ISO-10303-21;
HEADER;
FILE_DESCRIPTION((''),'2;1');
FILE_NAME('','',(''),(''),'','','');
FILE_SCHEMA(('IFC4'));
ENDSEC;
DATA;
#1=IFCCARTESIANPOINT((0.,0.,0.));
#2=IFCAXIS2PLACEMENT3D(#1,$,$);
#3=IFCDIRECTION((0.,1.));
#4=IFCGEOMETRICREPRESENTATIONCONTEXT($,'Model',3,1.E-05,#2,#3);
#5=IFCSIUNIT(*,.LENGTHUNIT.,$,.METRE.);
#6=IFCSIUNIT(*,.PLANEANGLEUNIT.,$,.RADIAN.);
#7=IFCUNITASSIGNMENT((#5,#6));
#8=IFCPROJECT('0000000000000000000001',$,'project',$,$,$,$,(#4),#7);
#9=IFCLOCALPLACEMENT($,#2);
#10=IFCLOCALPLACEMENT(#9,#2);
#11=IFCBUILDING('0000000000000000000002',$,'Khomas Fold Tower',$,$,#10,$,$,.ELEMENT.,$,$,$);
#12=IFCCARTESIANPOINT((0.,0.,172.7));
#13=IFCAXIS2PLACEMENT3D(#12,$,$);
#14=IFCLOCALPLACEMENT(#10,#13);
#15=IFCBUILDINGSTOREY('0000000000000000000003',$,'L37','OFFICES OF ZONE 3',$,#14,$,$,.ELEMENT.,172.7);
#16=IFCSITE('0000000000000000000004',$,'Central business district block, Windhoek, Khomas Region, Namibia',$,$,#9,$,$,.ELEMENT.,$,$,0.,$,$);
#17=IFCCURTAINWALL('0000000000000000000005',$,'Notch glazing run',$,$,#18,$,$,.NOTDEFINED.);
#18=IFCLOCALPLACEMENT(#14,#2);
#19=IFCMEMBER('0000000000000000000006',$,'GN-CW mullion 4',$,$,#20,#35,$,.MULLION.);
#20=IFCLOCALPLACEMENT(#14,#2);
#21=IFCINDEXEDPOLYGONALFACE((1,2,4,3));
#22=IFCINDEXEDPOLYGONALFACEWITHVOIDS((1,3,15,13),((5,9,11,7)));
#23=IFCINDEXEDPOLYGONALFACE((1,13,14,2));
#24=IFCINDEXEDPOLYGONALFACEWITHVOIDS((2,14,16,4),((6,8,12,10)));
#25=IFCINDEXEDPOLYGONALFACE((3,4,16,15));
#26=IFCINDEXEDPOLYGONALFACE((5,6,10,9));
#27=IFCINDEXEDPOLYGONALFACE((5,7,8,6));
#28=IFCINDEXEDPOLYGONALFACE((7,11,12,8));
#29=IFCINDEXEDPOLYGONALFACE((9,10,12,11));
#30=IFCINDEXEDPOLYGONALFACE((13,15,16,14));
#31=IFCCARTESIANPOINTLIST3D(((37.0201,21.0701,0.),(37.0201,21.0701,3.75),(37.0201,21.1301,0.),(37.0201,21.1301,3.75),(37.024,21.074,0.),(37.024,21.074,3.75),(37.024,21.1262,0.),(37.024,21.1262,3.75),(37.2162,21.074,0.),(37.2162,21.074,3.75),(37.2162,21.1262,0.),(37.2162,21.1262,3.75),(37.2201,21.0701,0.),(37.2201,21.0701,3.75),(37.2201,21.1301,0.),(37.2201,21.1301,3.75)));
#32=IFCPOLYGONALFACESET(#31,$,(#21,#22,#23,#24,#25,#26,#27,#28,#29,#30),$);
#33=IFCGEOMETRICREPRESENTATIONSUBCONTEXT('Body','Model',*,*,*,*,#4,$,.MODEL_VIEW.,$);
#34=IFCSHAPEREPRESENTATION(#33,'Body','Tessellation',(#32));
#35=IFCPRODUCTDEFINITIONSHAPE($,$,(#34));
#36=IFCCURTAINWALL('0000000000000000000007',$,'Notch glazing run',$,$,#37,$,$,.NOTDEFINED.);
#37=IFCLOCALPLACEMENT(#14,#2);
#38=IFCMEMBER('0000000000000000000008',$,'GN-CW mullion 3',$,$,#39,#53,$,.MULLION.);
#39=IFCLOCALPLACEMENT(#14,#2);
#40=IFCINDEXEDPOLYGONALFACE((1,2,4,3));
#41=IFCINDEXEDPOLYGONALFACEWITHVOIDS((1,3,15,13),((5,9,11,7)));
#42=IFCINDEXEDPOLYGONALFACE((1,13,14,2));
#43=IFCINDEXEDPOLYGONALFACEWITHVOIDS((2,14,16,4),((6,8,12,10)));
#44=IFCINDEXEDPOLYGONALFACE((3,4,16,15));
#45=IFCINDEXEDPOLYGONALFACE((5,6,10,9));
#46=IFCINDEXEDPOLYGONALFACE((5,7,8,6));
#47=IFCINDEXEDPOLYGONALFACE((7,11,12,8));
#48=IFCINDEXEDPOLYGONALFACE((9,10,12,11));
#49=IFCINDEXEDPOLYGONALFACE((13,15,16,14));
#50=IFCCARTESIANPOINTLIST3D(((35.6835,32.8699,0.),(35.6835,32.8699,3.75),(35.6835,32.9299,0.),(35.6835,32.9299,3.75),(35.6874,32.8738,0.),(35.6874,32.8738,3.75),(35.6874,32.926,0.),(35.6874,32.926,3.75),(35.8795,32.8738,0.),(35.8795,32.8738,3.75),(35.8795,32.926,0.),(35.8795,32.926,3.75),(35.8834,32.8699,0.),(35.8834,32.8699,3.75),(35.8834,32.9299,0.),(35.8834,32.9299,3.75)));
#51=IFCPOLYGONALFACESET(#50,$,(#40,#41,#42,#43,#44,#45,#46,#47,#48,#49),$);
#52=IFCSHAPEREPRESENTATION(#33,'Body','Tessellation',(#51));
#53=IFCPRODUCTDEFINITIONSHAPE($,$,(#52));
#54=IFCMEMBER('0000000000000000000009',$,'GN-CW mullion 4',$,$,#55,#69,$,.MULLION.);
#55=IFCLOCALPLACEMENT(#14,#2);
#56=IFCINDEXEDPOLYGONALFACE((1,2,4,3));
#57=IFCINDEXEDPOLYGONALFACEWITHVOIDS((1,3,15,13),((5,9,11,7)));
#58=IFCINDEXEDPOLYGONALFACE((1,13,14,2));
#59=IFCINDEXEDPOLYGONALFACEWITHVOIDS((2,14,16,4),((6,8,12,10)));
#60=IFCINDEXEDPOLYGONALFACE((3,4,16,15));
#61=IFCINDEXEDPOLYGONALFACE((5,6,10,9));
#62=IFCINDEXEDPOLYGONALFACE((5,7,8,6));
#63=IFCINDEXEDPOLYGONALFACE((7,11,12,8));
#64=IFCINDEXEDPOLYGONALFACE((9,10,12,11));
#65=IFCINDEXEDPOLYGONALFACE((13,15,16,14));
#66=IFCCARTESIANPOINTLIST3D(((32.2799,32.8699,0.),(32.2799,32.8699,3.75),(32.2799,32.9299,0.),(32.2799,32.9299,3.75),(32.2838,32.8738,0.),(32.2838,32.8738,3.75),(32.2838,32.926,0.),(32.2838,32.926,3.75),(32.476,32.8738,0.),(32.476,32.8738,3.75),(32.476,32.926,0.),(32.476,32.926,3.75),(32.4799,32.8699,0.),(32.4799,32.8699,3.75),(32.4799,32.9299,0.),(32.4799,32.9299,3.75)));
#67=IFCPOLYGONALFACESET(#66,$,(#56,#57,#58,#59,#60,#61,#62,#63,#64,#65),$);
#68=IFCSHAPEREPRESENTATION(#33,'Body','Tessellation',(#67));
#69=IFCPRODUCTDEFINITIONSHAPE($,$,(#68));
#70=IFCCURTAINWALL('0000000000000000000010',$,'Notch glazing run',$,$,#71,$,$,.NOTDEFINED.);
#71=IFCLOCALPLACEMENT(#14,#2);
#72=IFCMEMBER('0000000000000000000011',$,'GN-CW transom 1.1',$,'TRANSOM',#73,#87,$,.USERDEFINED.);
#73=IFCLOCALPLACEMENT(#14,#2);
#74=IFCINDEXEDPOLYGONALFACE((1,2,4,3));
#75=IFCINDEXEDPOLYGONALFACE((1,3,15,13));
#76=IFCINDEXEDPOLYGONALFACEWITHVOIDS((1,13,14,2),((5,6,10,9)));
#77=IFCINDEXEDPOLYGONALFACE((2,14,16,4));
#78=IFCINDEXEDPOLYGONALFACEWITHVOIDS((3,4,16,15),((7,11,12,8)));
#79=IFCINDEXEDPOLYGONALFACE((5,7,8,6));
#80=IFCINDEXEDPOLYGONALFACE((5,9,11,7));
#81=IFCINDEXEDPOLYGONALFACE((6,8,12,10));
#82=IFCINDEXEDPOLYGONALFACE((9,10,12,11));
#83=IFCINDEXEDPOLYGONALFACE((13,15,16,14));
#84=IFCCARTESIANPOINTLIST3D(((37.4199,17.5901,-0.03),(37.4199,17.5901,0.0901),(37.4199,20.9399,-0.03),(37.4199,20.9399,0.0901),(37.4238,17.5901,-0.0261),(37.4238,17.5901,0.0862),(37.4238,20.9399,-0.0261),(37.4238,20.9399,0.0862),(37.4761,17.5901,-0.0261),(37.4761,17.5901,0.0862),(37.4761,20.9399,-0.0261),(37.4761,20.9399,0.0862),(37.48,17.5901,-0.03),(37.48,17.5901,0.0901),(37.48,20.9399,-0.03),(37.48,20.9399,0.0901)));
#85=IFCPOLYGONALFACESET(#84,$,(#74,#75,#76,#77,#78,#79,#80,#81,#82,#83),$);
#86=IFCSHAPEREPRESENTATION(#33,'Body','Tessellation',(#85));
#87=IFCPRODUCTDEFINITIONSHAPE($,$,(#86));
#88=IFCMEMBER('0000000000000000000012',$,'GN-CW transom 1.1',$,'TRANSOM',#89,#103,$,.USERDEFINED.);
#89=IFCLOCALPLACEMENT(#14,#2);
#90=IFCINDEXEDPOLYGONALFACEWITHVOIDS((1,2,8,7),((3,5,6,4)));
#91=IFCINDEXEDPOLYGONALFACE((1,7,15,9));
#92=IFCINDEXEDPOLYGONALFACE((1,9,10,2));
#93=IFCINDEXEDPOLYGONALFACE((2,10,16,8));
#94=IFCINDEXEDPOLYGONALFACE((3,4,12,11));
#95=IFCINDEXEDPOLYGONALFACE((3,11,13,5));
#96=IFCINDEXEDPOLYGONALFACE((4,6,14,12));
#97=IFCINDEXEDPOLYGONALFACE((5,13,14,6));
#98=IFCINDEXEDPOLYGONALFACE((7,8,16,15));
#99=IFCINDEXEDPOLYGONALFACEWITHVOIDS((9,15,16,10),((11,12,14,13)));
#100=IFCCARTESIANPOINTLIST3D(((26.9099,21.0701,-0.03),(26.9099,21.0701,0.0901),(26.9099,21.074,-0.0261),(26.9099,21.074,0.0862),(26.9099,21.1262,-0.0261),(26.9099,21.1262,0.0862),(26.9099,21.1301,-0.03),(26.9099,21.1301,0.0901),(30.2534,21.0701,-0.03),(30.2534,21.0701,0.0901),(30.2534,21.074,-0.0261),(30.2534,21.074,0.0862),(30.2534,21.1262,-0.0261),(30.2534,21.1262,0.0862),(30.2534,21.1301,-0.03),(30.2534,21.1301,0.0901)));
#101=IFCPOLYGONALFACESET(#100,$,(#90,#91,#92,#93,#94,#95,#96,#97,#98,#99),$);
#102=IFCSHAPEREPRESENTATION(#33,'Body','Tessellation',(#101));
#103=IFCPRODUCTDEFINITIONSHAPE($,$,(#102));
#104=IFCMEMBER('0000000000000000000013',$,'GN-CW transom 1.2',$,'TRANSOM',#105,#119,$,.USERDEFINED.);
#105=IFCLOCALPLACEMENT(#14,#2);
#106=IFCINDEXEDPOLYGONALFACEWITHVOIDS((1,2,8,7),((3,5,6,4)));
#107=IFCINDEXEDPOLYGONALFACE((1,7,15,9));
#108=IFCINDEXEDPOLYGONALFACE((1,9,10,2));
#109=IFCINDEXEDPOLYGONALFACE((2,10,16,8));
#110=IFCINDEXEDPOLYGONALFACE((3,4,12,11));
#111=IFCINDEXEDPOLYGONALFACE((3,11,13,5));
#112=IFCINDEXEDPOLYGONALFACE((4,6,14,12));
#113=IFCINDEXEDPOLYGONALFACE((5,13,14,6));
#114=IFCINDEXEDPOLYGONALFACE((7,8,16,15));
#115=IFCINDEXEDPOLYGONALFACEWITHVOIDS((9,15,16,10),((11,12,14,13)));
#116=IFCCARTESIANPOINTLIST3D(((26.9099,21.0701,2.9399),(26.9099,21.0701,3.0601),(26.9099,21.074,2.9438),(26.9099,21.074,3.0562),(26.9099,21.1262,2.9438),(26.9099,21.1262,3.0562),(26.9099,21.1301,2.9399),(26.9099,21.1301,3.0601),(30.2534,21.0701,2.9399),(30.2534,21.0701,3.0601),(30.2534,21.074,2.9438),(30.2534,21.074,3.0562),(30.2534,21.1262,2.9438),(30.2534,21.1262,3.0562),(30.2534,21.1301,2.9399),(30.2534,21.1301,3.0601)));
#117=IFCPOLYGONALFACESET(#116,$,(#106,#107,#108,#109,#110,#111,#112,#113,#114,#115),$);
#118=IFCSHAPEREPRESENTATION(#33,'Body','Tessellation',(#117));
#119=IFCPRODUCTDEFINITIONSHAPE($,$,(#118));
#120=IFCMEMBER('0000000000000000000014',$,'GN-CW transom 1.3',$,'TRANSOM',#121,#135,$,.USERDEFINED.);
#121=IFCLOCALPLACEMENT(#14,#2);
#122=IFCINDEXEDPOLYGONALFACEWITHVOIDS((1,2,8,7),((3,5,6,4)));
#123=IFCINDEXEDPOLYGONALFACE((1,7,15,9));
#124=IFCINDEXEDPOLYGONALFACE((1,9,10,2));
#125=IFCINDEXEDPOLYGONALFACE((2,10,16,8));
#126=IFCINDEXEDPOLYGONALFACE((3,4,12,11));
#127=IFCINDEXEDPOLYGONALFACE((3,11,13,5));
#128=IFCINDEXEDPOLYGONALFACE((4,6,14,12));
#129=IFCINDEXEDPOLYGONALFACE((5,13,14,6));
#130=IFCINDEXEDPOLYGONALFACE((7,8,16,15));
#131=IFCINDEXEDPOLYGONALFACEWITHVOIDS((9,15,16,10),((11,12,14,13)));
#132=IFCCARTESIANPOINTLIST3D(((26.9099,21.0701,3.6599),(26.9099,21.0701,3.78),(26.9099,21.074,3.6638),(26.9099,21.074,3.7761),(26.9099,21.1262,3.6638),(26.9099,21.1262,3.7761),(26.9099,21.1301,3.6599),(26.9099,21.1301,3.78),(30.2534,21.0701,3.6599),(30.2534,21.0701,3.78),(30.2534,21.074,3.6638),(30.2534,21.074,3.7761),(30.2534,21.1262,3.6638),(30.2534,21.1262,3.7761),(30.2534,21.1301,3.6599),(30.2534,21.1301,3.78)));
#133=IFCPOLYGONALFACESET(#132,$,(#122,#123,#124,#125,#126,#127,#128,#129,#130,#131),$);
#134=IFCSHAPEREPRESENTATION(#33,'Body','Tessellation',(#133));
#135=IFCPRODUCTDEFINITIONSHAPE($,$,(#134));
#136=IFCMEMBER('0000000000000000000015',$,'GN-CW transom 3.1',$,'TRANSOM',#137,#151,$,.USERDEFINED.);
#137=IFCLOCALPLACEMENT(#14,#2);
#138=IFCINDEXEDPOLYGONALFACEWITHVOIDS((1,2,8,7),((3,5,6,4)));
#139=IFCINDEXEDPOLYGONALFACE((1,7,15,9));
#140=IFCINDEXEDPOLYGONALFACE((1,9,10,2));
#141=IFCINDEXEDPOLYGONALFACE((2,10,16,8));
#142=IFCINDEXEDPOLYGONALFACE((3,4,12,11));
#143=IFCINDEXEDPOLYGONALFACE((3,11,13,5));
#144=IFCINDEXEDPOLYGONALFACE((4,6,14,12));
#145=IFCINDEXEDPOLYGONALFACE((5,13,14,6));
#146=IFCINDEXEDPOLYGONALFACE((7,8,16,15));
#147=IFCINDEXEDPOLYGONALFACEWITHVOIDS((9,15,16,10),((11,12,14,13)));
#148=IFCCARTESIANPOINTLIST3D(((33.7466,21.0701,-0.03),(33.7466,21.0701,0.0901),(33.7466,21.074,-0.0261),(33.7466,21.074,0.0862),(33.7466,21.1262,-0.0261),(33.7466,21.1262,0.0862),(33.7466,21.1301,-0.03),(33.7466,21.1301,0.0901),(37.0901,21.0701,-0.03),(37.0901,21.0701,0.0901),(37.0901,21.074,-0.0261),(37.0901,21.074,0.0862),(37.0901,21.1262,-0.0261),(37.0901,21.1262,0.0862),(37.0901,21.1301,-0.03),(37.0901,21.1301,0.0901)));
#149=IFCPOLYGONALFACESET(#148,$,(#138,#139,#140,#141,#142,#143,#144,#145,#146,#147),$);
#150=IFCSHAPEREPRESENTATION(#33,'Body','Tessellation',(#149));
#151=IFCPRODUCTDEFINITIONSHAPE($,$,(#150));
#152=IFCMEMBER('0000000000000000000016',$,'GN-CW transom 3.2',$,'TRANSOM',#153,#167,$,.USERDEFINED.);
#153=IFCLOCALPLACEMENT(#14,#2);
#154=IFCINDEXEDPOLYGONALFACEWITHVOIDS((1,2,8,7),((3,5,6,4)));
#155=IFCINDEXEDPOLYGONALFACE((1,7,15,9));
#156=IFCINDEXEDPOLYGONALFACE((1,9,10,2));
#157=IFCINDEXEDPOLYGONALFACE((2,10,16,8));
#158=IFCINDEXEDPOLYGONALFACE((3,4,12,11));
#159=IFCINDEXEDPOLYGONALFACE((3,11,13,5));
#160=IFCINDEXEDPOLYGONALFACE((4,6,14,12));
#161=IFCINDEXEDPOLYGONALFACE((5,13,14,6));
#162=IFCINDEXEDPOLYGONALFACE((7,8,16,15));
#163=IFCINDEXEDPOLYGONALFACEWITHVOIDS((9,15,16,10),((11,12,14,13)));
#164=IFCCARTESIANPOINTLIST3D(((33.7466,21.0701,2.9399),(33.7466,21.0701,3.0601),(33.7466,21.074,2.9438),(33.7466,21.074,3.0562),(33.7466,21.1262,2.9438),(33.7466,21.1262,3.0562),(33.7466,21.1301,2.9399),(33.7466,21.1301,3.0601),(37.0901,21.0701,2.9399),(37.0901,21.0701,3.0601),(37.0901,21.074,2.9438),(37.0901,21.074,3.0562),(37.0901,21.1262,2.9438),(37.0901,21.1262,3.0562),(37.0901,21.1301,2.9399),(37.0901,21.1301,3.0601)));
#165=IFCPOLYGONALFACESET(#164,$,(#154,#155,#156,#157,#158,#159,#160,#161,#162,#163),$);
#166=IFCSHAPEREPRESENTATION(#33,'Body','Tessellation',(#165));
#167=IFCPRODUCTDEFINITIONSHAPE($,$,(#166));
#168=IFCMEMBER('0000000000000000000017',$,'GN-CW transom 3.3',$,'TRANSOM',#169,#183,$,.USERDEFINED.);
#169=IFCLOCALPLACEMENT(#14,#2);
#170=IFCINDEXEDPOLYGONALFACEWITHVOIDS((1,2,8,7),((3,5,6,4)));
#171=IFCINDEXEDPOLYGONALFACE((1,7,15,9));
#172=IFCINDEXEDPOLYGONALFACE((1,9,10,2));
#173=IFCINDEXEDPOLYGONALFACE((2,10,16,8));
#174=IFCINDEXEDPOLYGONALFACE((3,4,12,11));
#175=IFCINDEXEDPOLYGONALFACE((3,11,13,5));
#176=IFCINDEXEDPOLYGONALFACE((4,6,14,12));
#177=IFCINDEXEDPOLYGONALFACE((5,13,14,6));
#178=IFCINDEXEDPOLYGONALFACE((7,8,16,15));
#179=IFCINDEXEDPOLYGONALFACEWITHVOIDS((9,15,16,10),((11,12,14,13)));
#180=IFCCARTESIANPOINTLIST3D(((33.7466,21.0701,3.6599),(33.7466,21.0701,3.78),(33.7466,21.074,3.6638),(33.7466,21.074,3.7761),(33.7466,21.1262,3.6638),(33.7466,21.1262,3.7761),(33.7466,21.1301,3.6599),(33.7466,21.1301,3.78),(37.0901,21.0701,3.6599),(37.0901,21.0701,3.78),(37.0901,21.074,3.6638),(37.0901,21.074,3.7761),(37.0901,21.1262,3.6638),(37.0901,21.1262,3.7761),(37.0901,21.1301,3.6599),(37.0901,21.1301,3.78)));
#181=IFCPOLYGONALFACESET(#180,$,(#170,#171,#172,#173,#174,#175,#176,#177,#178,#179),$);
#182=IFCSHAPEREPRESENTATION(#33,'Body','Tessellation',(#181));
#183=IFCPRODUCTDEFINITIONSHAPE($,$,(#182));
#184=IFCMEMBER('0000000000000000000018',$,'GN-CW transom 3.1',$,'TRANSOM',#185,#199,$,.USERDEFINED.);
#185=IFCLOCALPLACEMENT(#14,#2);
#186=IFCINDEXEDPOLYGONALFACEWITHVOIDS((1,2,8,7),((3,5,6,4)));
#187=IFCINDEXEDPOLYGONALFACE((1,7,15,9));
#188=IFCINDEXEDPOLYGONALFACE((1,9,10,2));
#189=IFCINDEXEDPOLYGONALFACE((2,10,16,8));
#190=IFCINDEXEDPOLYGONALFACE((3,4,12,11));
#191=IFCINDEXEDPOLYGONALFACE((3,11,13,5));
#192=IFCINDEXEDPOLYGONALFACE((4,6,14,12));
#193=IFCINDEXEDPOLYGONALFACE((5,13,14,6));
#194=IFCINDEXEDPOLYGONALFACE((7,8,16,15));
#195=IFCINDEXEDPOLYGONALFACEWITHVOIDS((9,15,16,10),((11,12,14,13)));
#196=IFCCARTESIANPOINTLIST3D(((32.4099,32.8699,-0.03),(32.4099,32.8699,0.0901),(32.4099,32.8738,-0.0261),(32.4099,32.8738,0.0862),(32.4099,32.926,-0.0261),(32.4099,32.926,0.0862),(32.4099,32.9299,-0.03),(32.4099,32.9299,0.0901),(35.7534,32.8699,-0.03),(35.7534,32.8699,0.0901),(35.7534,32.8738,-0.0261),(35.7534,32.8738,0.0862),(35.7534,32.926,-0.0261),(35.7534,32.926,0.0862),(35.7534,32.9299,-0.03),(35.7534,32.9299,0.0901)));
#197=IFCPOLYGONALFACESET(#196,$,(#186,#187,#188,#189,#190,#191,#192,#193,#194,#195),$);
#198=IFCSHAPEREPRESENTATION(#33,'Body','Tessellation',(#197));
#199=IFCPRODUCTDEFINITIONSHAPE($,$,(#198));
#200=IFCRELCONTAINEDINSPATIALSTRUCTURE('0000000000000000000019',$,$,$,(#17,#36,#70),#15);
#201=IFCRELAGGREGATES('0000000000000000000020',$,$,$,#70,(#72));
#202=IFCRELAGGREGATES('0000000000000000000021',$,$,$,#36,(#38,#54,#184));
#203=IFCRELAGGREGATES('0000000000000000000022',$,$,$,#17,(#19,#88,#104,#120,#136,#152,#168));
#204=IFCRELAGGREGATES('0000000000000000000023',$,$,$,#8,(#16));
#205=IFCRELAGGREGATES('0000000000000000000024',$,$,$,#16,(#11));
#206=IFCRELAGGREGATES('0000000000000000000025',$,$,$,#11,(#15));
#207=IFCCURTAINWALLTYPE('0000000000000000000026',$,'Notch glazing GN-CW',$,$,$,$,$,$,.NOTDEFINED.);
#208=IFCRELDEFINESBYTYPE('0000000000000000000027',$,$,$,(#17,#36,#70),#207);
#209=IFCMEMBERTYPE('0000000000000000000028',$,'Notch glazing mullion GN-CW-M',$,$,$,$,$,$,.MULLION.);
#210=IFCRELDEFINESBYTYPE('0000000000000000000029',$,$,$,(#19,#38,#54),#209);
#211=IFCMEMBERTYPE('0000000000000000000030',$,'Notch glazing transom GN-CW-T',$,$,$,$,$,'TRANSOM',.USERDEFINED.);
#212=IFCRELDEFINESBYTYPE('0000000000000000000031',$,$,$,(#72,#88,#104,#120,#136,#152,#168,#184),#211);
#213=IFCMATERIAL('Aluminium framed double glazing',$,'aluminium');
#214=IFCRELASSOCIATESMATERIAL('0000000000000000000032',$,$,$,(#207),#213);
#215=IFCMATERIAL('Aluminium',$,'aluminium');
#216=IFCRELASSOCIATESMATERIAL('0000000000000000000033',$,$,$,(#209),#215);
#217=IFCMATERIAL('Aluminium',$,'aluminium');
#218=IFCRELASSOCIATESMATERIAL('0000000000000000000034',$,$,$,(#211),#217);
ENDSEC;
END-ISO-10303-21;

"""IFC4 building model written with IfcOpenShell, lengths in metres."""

from ifc_helpers import new_model, si_unit, direction, frame, origin, origin_2d, place, context, subcontext, project, spatial, hollow_rectangle, extrude, source, transform, mapped, material, material_profile, profile_set, type_object, element, aggregate, save


model = new_model("IFC4")

# Units and contexts
model_context = context("Model", 3, precision=1e-05, world=origin(), true_north=direction((0.0, 1.0)))
body_context = subcontext(model_context, "Body", "Model", "MODEL_VIEW")
ifc_project = project(units=[si_unit("LENGTHUNIT", "METRE"), si_unit("PLANEANGLEUNIT", "RADIAN")], contexts=[model_context])

# Site, building, storey
site_placement = place(None, origin())
site = spatial("IfcSite", under=ifc_project, at=site_placement, Name="Central business district block, Windhoek, Khomas Region, Namibia", CompositionType="ELEMENT", RefElevation=0.0)
building_placement = place(site_placement, origin())
building = spatial("IfcBuilding", under=site, at=building_placement, Name="Khomas Fold Tower", CompositionType="ELEMENT")
storey_placement = place(building_placement, frame((0.0, 0.0, 172.7)))
storey = spatial("IfcBuildingStorey", under=building, at=storey_placement, Name="L37", Description="OFFICES OF ZONE 3", CompositionType="ELEMENT", Elevation=172.7)

# Curtain walls, members
ifc_material_1 = material(Name="Aluminium framed double glazing", Category="aluminium")
curtain_wall_type = type_object("IfcCurtainWallType", Name="Notch glazing GN-CW", PredefinedType="NOTDEFINED", material=ifc_material_1)
curtain_wall_1_placement = place(storey_placement, origin())
curtain_wall_1 = element("IfcCurtainWall", 1, at=curtain_wall_1_placement, inside=storey, type_object=curtain_wall_type, Name="Notch glazing run", PredefinedType="NOTDEFINED")
ifc_material_2 = material(Name="Aluminium", Category="aluminium")
ifc_material_profile_1 = material_profile(ifc_material_2, hollow_rectangle(XDim=0.0601, YDim=0.2, WallThickness=0.0039, at=origin_2d()), Name="Notch glazing mullion GN-CW-M")
ifc_profile_set_1 = profile_set([ifc_material_profile_1], Name="Aluminium")
member_type_1 = type_object("IfcMemberType", Name="Notch glazing mullion GN-CW-M", PredefinedType="MULLION", material=ifc_profile_set_1)
shared_shape_1 = source(origin(), body_context, "Body", "SweptSolid", [
    extrude(hollow_rectangle(XDim=0.0601, YDim=0.2, WallThickness=0.0039, at=origin_2d()), origin(), (0.0, 0.0, 1.0), 3.75),
])
member_1_placement = place(storey_placement, frame((37.1201, 21.1001, 0.0), z_axis=(0.0, 0.0, 1.0), x_axis=(0.0, 1.0, 0.0)))
member_1 = element("IfcMember", 2, at=member_1_placement, type_object=member_type_1, Name="GN-CW mullion 4", PredefinedType="MULLION", context=body_context, shape_type="MappedRepresentation", body=[
    mapped(shared_shape_1, transform((0.0, 0.0, 0.0))),
])
curtain_wall_2_placement = place(storey_placement, origin())
curtain_wall_2 = element("IfcCurtainWall", 3, at=curtain_wall_2_placement, inside=storey, type_object=curtain_wall_type, Name="Notch glazing run", PredefinedType="NOTDEFINED")
member_2_placement = place(storey_placement, frame((35.7834, 32.8999, 0.0), z_axis=(0.0, 0.0, 1.0), x_axis=(0.0, -1.0, 0.0)))
member_2 = element("IfcMember", 4, at=member_2_placement, type_object=member_type_1, Name="GN-CW mullion 3", PredefinedType="MULLION", context=body_context, shape_type="MappedRepresentation", body=[
    mapped(shared_shape_1, transform((0.0, 0.0, 0.0))),
])
member_3_placement = place(storey_placement, frame((32.3799, 32.8999, 0.0), z_axis=(0.0, 0.0, 1.0), x_axis=(0.0, -1.0, 0.0)))
member_3 = element("IfcMember", 5, at=member_3_placement, type_object=member_type_1, Name="GN-CW mullion 4", PredefinedType="MULLION", context=body_context, shape_type="MappedRepresentation", body=[
    mapped(shared_shape_1, transform((0.0, 0.0, 0.0))),
])

# Curtain wall, member
curtain_wall_3_placement = place(storey_placement, origin())
curtain_wall_3 = element("IfcCurtainWall", 6, at=curtain_wall_3_placement, inside=storey, type_object=curtain_wall_type, Name="Notch glazing run", PredefinedType="NOTDEFINED")
ifc_material_3 = material(Name="Aluminium", Category="aluminium")
ifc_material_profile_2 = material_profile(ifc_material_3, hollow_rectangle(XDim=0.0601, YDim=0.1201, WallThickness=0.0039, at=origin_2d()), Name="Notch glazing transom GN-CW-T")
ifc_profile_set_2 = profile_set([ifc_material_profile_2], Name="Aluminium")
member_type_2 = type_object("IfcMemberType", Name="Notch glazing transom GN-CW-T", ElementType="TRANSOM", PredefinedType="USERDEFINED", material=ifc_profile_set_2)
shared_shape_2 = source(origin(), body_context, "Body", "SweptSolid", [
    extrude(hollow_rectangle(XDim=0.0601, YDim=0.1201, WallThickness=0.0039, at=origin_2d()), origin(), (0.0, 0.0, 1.0), 3.3499),
])
member_4_placement = place(storey_placement, frame((37.45, 20.9399, 0.03), z_axis=(0.0, -1.0, 0.0), x_axis=(1.0, 0.0, 0.0)))
member_4 = element("IfcMember", 7, at=member_4_placement, type_object=member_type_2, Name="GN-CW transom 1.1", ObjectType="TRANSOM", PredefinedType="USERDEFINED", context=body_context, shape_type="MappedRepresentation", body=[
    mapped(shared_shape_2, transform((0.0, 0.0, 0.0))),
])
aggregate(curtain_wall_3, [member_4])

# Members
shared_shape_3 = source(origin(), body_context, "Body", "SweptSolid", [
    extrude(hollow_rectangle(XDim=0.0601, YDim=0.1201, WallThickness=0.0039, at=origin_2d()), origin(), (0.0, 0.0, 1.0), 3.3435),
])
member_5_placement = place(storey_placement, frame((26.9099, 21.1001, 0.03), z_axis=(1.0, 0.0, 0.0), x_axis=(0.0, 1.0, 0.0)))
member_5 = element("IfcMember", 8, at=member_5_placement, type_object=member_type_2, Name="GN-CW transom 1.1", ObjectType="TRANSOM", PredefinedType="USERDEFINED", context=body_context, shape_type="MappedRepresentation", body=[
    mapped(shared_shape_3, transform((0.0, 0.0, 0.0))),
])
member_6_placement = place(storey_placement, frame((26.9099, 21.1001, 3.0), z_axis=(1.0, 0.0, 0.0), x_axis=(0.0, 1.0, 0.0)))
member_6 = element("IfcMember", 9, at=member_6_placement, type_object=member_type_2, Name="GN-CW transom 1.2", ObjectType="TRANSOM", PredefinedType="USERDEFINED", context=body_context, shape_type="MappedRepresentation", body=[
    mapped(shared_shape_3, transform((0.0, 0.0, 0.0))),
])
member_7_placement = place(storey_placement, frame((26.9099, 21.1001, 3.72), z_axis=(1.0, 0.0, 0.0), x_axis=(0.0, 1.0, 0.0)))
member_7 = element("IfcMember", 10, at=member_7_placement, type_object=member_type_2, Name="GN-CW transom 1.3", ObjectType="TRANSOM", PredefinedType="USERDEFINED", context=body_context, shape_type="MappedRepresentation", body=[
    mapped(shared_shape_3, transform((0.0, 0.0, 0.0))),
])
member_8_placement = place(storey_placement, frame((33.7466, 21.1001, 0.03), z_axis=(1.0, 0.0, 0.0), x_axis=(0.0, 1.0, 0.0)))
member_8 = element("IfcMember", 11, at=member_8_placement, type_object=member_type_2, Name="GN-CW transom 3.1", ObjectType="TRANSOM", PredefinedType="USERDEFINED", context=body_context, shape_type="MappedRepresentation", body=[
    mapped(shared_shape_3, transform((0.0, 0.0, 0.0))),
])
member_9_placement = place(storey_placement, frame((33.7466, 21.1001, 3.0), z_axis=(1.0, 0.0, 0.0), x_axis=(0.0, 1.0, 0.0)))
member_9 = element("IfcMember", 12, at=member_9_placement, type_object=member_type_2, Name="GN-CW transom 3.2", ObjectType="TRANSOM", PredefinedType="USERDEFINED", context=body_context, shape_type="MappedRepresentation", body=[
    mapped(shared_shape_3, transform((0.0, 0.0, 0.0))),
])
member_10_placement = place(storey_placement, frame((33.7466, 21.1001, 3.72), z_axis=(1.0, 0.0, 0.0), x_axis=(0.0, 1.0, 0.0)))
member_10 = element("IfcMember", 13, at=member_10_placement, type_object=member_type_2, Name="GN-CW transom 3.3", ObjectType="TRANSOM", PredefinedType="USERDEFINED", context=body_context, shape_type="MappedRepresentation", body=[
    mapped(shared_shape_3, transform((0.0, 0.0, 0.0))),
])
member_11_placement = place(storey_placement, frame((35.7534, 32.8999, 0.03), z_axis=(-1.0, 0.0, 0.0), x_axis=(0.0, -1.0, 0.0)))
member_11 = element("IfcMember", 14, at=member_11_placement, type_object=member_type_2, Name="GN-CW transom 3.1", ObjectType="TRANSOM", PredefinedType="USERDEFINED", context=body_context, shape_type="MappedRepresentation", body=[
    mapped(shared_shape_3, transform((0.0, 0.0, 0.0))),
])

aggregate(curtain_wall_2, [member_2, member_3, member_11])
aggregate(curtain_wall_1, [member_1, member_5, member_6, member_7, member_8, member_9, member_10])

save(model, "model.ifc")
